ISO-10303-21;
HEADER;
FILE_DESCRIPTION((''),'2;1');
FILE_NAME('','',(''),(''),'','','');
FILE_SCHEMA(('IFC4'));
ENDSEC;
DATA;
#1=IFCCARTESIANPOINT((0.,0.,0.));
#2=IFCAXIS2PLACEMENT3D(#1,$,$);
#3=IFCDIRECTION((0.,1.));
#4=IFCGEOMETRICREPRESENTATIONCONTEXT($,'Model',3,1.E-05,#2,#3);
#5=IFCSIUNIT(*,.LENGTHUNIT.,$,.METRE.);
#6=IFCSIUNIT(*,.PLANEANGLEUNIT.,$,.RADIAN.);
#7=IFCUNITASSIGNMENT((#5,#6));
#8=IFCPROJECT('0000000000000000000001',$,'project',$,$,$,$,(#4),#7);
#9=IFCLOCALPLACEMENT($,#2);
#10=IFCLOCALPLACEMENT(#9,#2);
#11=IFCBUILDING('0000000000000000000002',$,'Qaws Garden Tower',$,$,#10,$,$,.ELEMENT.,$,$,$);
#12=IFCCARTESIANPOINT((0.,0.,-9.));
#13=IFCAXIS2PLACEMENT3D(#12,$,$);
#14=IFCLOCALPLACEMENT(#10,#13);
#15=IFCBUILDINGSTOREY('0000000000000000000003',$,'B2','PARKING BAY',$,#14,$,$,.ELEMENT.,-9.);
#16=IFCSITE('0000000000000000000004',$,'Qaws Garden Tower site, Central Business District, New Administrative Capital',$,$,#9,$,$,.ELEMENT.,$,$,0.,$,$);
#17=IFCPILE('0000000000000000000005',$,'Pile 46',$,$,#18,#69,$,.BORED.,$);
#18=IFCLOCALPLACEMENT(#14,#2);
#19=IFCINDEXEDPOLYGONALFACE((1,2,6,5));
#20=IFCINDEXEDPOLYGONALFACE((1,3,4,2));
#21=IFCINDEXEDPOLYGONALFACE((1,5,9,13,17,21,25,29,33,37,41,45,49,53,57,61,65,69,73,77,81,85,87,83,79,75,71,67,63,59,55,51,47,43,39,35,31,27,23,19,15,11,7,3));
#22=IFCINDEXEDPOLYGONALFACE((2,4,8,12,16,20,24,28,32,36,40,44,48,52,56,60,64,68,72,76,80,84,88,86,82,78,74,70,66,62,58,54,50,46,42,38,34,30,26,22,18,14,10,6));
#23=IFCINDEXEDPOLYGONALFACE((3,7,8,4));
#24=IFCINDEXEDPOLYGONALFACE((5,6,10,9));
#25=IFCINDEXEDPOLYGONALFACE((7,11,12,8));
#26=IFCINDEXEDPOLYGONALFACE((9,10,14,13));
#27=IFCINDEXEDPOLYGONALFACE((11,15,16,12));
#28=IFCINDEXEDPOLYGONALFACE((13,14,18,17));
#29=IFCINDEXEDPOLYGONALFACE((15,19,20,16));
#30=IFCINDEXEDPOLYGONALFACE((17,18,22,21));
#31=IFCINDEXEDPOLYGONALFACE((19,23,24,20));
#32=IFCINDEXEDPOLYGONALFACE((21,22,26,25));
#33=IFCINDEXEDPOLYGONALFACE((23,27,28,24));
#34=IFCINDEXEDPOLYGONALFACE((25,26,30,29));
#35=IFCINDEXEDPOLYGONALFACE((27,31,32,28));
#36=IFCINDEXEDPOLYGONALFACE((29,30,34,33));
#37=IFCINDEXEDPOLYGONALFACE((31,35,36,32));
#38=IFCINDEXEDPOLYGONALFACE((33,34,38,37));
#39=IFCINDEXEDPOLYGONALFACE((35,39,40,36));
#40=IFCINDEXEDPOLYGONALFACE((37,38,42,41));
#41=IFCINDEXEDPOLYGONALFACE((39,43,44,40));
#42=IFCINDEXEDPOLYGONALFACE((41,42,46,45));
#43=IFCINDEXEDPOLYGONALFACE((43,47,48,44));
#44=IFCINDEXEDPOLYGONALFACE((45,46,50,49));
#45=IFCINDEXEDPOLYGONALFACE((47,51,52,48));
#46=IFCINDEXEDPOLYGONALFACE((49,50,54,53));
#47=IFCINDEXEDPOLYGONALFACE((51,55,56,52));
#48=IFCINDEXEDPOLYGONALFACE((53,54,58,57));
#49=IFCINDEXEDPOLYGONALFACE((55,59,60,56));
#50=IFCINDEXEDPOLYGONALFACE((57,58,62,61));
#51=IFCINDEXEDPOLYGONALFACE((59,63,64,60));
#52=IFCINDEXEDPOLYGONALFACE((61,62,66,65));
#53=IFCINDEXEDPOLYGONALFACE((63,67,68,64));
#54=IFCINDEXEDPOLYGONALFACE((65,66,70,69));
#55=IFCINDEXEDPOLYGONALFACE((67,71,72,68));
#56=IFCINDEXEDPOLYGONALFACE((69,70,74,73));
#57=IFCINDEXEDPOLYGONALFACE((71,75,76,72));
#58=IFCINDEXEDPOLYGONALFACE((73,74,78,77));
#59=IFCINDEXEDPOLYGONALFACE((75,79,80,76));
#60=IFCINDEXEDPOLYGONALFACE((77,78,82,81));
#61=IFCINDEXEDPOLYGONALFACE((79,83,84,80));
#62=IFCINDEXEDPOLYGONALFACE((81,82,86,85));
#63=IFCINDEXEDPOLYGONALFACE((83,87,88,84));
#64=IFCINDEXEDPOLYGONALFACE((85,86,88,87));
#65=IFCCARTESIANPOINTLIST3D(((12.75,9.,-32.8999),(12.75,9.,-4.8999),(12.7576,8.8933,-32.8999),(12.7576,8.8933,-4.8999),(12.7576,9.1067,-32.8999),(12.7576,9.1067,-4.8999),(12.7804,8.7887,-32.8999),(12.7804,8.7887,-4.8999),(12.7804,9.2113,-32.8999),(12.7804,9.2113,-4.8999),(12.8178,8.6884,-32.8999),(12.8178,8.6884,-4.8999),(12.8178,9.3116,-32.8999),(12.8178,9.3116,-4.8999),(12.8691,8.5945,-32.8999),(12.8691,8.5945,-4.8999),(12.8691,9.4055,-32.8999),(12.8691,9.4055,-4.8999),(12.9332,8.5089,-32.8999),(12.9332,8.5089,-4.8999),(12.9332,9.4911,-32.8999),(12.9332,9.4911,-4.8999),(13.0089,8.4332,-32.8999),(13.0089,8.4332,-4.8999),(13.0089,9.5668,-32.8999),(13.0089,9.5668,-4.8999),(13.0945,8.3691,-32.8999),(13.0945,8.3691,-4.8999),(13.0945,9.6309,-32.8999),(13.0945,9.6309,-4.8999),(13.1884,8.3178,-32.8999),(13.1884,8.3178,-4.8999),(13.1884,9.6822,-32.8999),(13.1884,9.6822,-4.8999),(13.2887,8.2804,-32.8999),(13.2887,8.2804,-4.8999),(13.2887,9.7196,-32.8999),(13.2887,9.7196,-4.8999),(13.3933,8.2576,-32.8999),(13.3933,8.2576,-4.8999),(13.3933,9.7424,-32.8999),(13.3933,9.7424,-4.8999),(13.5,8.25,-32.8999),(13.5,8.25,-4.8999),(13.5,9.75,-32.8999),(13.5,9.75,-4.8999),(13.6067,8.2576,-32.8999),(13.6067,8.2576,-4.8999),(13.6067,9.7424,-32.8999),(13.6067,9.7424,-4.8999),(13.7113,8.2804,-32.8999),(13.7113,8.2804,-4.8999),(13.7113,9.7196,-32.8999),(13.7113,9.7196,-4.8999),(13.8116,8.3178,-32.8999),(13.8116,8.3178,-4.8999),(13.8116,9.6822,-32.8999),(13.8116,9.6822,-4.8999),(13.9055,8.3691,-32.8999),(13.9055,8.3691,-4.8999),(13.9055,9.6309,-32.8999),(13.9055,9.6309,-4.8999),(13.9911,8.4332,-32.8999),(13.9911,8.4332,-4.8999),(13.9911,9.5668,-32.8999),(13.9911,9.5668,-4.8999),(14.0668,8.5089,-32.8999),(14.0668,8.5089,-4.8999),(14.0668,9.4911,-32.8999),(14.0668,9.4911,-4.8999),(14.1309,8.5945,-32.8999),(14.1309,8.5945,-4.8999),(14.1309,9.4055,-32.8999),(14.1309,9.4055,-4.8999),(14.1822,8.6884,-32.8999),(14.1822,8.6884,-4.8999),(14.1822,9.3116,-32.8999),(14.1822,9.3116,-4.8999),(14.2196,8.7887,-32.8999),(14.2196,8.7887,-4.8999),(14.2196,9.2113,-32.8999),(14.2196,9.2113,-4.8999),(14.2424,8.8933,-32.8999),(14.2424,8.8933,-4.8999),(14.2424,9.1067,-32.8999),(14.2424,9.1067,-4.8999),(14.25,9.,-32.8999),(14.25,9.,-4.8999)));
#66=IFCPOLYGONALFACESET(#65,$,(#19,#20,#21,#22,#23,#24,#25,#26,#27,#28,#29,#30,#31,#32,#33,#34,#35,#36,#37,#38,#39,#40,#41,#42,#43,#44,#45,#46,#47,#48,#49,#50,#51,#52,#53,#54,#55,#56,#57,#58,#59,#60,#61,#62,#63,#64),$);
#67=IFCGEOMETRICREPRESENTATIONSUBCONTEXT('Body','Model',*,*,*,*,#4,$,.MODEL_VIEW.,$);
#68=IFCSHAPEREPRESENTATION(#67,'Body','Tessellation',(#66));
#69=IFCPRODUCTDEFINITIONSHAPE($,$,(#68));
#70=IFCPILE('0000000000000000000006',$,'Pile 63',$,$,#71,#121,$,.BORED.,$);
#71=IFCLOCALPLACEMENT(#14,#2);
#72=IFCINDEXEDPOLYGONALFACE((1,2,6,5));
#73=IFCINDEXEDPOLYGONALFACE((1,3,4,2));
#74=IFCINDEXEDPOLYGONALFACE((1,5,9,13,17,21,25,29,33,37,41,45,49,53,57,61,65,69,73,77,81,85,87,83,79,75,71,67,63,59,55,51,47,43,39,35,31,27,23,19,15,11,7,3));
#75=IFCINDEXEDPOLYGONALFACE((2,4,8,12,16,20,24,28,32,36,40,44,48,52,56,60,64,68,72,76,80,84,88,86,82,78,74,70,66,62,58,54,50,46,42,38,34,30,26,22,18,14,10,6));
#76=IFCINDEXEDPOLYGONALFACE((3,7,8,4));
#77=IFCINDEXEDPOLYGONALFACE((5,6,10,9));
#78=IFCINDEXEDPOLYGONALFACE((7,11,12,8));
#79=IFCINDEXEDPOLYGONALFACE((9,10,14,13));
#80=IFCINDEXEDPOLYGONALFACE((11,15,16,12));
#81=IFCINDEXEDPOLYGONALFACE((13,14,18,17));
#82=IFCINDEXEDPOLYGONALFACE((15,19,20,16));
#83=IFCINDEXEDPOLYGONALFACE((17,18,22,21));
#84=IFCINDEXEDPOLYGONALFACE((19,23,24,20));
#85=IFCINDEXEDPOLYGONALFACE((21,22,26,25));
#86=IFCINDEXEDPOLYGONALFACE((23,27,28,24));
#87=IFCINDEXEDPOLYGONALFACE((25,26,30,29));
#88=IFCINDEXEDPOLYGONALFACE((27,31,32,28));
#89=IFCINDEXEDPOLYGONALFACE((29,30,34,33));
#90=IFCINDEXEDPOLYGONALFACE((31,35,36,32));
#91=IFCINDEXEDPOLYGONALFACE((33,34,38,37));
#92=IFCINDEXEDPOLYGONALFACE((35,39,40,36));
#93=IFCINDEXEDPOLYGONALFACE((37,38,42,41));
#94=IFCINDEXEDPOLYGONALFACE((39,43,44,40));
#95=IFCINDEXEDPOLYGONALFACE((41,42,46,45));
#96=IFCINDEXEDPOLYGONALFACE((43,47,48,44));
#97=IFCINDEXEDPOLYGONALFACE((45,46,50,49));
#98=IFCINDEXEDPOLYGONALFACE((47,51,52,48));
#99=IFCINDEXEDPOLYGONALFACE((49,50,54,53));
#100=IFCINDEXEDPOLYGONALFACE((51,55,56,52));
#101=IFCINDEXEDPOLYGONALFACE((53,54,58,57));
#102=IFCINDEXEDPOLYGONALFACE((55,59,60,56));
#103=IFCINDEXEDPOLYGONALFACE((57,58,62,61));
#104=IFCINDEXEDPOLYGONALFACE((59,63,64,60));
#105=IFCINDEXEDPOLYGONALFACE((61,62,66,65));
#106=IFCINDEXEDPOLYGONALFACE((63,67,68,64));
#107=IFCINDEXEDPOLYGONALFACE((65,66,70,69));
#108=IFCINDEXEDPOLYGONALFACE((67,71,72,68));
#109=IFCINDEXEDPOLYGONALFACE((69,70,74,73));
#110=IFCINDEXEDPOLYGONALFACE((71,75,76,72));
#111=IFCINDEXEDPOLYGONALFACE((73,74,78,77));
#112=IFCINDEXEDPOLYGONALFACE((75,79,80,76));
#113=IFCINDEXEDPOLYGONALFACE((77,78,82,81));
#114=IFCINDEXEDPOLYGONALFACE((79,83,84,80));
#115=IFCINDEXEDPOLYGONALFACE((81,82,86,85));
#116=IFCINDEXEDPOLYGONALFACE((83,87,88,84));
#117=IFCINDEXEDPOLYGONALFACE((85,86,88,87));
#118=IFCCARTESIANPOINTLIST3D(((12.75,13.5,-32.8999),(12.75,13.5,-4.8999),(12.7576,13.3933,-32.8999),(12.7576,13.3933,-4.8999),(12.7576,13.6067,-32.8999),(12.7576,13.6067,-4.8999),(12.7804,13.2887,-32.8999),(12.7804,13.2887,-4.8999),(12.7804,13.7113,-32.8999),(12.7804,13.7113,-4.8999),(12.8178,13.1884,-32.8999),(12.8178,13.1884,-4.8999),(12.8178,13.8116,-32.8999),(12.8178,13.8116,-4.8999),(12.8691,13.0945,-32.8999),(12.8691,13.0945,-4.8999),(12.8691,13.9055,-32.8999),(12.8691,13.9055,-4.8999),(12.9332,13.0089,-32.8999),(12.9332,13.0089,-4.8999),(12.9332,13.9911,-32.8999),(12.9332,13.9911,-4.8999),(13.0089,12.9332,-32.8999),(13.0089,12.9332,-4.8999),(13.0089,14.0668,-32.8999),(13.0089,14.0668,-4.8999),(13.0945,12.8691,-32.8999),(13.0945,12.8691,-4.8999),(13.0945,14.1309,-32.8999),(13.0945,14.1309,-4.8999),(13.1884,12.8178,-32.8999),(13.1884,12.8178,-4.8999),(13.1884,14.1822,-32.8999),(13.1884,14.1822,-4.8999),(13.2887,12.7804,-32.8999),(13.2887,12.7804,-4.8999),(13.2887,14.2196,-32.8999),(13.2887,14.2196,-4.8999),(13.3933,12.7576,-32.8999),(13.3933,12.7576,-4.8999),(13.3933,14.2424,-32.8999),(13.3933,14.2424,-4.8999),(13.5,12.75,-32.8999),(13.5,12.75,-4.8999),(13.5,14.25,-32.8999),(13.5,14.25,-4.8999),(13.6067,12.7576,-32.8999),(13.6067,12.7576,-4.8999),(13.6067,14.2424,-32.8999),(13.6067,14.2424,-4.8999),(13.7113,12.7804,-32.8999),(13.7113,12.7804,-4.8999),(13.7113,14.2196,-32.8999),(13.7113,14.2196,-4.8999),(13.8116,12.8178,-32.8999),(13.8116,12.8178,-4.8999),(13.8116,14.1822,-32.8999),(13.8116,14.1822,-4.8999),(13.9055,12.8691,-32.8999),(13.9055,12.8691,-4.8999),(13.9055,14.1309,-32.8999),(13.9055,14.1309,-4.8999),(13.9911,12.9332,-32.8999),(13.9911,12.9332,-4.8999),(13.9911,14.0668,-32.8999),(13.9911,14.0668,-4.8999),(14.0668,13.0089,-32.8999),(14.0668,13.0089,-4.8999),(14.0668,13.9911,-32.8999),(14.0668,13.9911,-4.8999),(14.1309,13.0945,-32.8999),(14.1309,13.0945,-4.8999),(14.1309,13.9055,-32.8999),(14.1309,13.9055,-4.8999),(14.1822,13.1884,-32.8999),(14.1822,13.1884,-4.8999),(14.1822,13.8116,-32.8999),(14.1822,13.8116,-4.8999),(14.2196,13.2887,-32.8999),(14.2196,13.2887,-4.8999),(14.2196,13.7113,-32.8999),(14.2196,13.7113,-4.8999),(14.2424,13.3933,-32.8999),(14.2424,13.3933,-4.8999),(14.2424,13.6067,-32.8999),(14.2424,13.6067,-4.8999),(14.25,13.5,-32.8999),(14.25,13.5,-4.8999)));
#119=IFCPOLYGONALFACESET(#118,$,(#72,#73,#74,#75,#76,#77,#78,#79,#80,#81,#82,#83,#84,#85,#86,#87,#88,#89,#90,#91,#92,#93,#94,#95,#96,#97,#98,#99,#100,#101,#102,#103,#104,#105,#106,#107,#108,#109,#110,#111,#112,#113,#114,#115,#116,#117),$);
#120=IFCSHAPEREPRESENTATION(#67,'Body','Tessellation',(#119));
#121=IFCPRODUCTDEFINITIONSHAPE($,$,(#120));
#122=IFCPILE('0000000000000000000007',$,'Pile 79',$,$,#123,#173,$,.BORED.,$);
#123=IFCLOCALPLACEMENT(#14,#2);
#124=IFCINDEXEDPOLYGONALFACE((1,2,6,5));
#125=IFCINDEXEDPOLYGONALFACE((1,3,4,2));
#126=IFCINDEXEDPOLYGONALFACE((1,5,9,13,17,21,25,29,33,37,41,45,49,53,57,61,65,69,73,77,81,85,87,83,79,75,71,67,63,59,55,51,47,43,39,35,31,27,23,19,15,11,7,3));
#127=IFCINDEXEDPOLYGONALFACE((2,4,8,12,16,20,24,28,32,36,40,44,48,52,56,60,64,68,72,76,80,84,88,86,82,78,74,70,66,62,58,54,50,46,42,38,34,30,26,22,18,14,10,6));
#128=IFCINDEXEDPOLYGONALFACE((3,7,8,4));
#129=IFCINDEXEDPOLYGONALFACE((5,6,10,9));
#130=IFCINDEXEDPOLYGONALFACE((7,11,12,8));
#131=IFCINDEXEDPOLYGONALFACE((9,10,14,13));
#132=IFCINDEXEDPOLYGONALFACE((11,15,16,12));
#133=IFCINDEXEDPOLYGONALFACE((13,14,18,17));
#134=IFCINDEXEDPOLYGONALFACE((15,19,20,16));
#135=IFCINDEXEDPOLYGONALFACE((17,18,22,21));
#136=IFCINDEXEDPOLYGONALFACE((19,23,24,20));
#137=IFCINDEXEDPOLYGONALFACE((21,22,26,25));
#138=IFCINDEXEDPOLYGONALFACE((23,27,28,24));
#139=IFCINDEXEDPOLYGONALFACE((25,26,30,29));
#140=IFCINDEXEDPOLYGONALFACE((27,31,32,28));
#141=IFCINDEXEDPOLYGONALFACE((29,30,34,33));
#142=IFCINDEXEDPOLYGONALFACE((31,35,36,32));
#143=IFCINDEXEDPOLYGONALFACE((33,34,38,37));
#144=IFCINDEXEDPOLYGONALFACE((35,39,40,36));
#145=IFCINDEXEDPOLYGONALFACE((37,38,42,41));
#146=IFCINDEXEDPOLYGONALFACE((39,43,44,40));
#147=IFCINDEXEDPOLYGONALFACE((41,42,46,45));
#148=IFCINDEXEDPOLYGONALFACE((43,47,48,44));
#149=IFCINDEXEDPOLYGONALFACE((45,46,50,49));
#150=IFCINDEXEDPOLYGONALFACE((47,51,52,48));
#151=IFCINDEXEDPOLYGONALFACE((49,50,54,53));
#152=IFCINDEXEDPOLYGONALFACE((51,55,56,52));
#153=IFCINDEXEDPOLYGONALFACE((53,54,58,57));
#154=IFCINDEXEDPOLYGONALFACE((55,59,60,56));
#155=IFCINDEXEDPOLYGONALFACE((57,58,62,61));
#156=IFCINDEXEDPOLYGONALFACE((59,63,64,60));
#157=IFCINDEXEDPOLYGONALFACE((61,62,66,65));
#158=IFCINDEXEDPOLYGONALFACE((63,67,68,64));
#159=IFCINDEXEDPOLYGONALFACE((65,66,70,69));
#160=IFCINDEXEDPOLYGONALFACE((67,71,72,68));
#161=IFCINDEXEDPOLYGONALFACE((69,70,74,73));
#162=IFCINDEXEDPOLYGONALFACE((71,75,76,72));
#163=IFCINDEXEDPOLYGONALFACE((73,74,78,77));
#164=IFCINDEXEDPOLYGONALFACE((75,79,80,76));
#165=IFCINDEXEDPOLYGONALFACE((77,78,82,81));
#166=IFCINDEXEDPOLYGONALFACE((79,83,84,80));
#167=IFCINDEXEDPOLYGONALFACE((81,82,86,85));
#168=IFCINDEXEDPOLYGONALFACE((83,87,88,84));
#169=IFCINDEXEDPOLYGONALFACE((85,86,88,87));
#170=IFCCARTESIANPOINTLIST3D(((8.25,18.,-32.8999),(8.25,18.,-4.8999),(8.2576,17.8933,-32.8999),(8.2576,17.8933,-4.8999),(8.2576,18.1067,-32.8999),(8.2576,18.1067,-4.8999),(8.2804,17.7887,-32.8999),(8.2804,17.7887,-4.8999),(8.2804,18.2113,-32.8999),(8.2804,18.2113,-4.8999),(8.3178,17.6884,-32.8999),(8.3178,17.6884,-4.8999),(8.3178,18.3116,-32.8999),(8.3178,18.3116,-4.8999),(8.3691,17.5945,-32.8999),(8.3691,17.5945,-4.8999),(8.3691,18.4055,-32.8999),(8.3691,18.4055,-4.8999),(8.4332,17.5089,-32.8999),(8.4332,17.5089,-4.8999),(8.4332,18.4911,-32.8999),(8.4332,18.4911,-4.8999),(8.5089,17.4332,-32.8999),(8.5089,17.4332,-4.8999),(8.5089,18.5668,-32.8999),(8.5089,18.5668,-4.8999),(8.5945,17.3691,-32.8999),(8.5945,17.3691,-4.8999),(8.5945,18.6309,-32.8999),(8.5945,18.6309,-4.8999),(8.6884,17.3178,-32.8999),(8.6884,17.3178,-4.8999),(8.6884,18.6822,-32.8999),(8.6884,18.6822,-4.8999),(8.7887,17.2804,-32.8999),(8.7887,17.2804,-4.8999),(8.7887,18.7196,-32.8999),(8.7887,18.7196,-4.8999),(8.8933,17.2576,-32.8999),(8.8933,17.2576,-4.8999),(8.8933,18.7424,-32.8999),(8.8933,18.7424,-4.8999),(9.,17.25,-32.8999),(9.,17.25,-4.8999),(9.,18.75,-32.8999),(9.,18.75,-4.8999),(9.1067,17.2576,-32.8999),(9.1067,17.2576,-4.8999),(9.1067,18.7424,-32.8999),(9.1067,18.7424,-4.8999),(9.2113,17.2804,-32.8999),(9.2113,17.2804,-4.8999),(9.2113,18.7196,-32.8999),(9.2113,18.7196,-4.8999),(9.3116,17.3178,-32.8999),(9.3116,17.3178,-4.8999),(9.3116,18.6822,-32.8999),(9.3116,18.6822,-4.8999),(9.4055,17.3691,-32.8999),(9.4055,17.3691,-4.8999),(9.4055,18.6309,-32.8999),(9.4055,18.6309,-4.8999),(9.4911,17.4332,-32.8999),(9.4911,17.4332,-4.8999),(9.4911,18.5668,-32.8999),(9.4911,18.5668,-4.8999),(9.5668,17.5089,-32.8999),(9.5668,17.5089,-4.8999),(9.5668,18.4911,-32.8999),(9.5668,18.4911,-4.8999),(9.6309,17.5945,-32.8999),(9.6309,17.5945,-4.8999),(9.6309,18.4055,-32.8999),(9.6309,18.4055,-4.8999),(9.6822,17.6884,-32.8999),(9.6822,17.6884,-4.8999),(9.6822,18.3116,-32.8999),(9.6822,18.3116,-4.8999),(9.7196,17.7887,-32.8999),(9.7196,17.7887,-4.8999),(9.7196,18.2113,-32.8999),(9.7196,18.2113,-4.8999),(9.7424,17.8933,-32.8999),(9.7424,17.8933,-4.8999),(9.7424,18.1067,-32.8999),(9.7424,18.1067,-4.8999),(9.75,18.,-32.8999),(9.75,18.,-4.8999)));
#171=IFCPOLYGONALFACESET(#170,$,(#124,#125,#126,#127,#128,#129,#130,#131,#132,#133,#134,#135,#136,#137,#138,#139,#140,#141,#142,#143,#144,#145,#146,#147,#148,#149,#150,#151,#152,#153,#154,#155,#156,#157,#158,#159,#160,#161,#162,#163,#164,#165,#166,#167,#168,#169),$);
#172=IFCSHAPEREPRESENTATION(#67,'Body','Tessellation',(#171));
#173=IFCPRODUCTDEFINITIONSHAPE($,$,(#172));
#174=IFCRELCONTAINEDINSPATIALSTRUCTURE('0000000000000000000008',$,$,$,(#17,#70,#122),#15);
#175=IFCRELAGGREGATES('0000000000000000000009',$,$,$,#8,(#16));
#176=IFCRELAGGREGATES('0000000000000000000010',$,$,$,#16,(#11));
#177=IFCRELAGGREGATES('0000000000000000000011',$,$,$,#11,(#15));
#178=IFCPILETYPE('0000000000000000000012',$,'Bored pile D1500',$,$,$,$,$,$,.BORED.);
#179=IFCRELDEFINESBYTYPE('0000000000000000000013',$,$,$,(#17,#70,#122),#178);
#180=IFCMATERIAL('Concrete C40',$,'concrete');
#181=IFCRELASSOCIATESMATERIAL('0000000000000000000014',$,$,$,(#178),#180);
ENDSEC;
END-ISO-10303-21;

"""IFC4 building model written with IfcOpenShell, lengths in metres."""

from ifc_helpers import new_model, si_unit, direction, frame, origin, origin_2d, place, context, subcontext, project, spatial, circle, extrude, material, material_profile, profile_set, type_object, element, save


model = new_model("IFC4")

# Units and contexts
model_context = context("Model", 3, precision=1e-05, world=origin(), true_north=direction((0.0, 1.0)))
body_context = subcontext(model_context, "Body", "Model", "MODEL_VIEW")
ifc_project = project(units=[si_unit("LENGTHUNIT", "METRE"), si_unit("PLANEANGLEUNIT", "RADIAN")], contexts=[model_context])

# Site, building, storey
site_placement = place(None, origin())
site = spatial("IfcSite", under=ifc_project, at=site_placement, Name="Qaws Garden Tower site, Central Business District, New Administrative Capital", CompositionType="ELEMENT", RefElevation=0.0)
building_placement = place(site_placement, origin())
building = spatial("IfcBuilding", under=site, at=building_placement, Name="Qaws Garden Tower", CompositionType="ELEMENT")
storey_placement = place(building_placement, frame((0.0, 0.0, -9.0)))
storey = spatial("IfcBuildingStorey", under=building, at=storey_placement, Name="B2", Description="PARKING BAY", CompositionType="ELEMENT", Elevation=-9.0)

# Piles
ifc_material_1 = material(Name="Concrete C40", Category="concrete")
ifc_material_profile = material_profile(ifc_material_1, circle(Radius=0.75, at=origin_2d()), Name="Bored pile D1500")
ifc_profile_set = profile_set([ifc_material_profile], Name="Concrete C40")
pile_type = type_object("IfcPileType", Name="Bored pile D1500", PredefinedType="BORED", material=ifc_profile_set)
for number, where, z_axis, x_axis, name in (
    (1, (13.5, 9.0, -4.8999), (0.0, 0.0, -1.0), (1.0, 0.0, 0.0), "Pile 46"),
    (2, (13.5, 13.5, -4.8999), (0.0, 0.0, -1.0), (1.0, 0.0, 0.0), "Pile 63"),
    (3, (9.0, 18.0, -4.8999), (0.0, 0.0, -1.0), (1.0, 0.0, 0.0), "Pile 79"),
):
    element("IfcPile", number, at=place(storey_placement, frame(where, z_axis=z_axis, x_axis=x_axis)), inside=storey, type_object=pile_type, Name=name, PredefinedType="BORED", context=body_context, shape_type="SweptSolid", body=[
        extrude(circle(Radius=0.75, at=origin_2d()), origin(), (0.0, 0.0, 1.0), 28.0),
    ])

save(model, "model.ifc")
